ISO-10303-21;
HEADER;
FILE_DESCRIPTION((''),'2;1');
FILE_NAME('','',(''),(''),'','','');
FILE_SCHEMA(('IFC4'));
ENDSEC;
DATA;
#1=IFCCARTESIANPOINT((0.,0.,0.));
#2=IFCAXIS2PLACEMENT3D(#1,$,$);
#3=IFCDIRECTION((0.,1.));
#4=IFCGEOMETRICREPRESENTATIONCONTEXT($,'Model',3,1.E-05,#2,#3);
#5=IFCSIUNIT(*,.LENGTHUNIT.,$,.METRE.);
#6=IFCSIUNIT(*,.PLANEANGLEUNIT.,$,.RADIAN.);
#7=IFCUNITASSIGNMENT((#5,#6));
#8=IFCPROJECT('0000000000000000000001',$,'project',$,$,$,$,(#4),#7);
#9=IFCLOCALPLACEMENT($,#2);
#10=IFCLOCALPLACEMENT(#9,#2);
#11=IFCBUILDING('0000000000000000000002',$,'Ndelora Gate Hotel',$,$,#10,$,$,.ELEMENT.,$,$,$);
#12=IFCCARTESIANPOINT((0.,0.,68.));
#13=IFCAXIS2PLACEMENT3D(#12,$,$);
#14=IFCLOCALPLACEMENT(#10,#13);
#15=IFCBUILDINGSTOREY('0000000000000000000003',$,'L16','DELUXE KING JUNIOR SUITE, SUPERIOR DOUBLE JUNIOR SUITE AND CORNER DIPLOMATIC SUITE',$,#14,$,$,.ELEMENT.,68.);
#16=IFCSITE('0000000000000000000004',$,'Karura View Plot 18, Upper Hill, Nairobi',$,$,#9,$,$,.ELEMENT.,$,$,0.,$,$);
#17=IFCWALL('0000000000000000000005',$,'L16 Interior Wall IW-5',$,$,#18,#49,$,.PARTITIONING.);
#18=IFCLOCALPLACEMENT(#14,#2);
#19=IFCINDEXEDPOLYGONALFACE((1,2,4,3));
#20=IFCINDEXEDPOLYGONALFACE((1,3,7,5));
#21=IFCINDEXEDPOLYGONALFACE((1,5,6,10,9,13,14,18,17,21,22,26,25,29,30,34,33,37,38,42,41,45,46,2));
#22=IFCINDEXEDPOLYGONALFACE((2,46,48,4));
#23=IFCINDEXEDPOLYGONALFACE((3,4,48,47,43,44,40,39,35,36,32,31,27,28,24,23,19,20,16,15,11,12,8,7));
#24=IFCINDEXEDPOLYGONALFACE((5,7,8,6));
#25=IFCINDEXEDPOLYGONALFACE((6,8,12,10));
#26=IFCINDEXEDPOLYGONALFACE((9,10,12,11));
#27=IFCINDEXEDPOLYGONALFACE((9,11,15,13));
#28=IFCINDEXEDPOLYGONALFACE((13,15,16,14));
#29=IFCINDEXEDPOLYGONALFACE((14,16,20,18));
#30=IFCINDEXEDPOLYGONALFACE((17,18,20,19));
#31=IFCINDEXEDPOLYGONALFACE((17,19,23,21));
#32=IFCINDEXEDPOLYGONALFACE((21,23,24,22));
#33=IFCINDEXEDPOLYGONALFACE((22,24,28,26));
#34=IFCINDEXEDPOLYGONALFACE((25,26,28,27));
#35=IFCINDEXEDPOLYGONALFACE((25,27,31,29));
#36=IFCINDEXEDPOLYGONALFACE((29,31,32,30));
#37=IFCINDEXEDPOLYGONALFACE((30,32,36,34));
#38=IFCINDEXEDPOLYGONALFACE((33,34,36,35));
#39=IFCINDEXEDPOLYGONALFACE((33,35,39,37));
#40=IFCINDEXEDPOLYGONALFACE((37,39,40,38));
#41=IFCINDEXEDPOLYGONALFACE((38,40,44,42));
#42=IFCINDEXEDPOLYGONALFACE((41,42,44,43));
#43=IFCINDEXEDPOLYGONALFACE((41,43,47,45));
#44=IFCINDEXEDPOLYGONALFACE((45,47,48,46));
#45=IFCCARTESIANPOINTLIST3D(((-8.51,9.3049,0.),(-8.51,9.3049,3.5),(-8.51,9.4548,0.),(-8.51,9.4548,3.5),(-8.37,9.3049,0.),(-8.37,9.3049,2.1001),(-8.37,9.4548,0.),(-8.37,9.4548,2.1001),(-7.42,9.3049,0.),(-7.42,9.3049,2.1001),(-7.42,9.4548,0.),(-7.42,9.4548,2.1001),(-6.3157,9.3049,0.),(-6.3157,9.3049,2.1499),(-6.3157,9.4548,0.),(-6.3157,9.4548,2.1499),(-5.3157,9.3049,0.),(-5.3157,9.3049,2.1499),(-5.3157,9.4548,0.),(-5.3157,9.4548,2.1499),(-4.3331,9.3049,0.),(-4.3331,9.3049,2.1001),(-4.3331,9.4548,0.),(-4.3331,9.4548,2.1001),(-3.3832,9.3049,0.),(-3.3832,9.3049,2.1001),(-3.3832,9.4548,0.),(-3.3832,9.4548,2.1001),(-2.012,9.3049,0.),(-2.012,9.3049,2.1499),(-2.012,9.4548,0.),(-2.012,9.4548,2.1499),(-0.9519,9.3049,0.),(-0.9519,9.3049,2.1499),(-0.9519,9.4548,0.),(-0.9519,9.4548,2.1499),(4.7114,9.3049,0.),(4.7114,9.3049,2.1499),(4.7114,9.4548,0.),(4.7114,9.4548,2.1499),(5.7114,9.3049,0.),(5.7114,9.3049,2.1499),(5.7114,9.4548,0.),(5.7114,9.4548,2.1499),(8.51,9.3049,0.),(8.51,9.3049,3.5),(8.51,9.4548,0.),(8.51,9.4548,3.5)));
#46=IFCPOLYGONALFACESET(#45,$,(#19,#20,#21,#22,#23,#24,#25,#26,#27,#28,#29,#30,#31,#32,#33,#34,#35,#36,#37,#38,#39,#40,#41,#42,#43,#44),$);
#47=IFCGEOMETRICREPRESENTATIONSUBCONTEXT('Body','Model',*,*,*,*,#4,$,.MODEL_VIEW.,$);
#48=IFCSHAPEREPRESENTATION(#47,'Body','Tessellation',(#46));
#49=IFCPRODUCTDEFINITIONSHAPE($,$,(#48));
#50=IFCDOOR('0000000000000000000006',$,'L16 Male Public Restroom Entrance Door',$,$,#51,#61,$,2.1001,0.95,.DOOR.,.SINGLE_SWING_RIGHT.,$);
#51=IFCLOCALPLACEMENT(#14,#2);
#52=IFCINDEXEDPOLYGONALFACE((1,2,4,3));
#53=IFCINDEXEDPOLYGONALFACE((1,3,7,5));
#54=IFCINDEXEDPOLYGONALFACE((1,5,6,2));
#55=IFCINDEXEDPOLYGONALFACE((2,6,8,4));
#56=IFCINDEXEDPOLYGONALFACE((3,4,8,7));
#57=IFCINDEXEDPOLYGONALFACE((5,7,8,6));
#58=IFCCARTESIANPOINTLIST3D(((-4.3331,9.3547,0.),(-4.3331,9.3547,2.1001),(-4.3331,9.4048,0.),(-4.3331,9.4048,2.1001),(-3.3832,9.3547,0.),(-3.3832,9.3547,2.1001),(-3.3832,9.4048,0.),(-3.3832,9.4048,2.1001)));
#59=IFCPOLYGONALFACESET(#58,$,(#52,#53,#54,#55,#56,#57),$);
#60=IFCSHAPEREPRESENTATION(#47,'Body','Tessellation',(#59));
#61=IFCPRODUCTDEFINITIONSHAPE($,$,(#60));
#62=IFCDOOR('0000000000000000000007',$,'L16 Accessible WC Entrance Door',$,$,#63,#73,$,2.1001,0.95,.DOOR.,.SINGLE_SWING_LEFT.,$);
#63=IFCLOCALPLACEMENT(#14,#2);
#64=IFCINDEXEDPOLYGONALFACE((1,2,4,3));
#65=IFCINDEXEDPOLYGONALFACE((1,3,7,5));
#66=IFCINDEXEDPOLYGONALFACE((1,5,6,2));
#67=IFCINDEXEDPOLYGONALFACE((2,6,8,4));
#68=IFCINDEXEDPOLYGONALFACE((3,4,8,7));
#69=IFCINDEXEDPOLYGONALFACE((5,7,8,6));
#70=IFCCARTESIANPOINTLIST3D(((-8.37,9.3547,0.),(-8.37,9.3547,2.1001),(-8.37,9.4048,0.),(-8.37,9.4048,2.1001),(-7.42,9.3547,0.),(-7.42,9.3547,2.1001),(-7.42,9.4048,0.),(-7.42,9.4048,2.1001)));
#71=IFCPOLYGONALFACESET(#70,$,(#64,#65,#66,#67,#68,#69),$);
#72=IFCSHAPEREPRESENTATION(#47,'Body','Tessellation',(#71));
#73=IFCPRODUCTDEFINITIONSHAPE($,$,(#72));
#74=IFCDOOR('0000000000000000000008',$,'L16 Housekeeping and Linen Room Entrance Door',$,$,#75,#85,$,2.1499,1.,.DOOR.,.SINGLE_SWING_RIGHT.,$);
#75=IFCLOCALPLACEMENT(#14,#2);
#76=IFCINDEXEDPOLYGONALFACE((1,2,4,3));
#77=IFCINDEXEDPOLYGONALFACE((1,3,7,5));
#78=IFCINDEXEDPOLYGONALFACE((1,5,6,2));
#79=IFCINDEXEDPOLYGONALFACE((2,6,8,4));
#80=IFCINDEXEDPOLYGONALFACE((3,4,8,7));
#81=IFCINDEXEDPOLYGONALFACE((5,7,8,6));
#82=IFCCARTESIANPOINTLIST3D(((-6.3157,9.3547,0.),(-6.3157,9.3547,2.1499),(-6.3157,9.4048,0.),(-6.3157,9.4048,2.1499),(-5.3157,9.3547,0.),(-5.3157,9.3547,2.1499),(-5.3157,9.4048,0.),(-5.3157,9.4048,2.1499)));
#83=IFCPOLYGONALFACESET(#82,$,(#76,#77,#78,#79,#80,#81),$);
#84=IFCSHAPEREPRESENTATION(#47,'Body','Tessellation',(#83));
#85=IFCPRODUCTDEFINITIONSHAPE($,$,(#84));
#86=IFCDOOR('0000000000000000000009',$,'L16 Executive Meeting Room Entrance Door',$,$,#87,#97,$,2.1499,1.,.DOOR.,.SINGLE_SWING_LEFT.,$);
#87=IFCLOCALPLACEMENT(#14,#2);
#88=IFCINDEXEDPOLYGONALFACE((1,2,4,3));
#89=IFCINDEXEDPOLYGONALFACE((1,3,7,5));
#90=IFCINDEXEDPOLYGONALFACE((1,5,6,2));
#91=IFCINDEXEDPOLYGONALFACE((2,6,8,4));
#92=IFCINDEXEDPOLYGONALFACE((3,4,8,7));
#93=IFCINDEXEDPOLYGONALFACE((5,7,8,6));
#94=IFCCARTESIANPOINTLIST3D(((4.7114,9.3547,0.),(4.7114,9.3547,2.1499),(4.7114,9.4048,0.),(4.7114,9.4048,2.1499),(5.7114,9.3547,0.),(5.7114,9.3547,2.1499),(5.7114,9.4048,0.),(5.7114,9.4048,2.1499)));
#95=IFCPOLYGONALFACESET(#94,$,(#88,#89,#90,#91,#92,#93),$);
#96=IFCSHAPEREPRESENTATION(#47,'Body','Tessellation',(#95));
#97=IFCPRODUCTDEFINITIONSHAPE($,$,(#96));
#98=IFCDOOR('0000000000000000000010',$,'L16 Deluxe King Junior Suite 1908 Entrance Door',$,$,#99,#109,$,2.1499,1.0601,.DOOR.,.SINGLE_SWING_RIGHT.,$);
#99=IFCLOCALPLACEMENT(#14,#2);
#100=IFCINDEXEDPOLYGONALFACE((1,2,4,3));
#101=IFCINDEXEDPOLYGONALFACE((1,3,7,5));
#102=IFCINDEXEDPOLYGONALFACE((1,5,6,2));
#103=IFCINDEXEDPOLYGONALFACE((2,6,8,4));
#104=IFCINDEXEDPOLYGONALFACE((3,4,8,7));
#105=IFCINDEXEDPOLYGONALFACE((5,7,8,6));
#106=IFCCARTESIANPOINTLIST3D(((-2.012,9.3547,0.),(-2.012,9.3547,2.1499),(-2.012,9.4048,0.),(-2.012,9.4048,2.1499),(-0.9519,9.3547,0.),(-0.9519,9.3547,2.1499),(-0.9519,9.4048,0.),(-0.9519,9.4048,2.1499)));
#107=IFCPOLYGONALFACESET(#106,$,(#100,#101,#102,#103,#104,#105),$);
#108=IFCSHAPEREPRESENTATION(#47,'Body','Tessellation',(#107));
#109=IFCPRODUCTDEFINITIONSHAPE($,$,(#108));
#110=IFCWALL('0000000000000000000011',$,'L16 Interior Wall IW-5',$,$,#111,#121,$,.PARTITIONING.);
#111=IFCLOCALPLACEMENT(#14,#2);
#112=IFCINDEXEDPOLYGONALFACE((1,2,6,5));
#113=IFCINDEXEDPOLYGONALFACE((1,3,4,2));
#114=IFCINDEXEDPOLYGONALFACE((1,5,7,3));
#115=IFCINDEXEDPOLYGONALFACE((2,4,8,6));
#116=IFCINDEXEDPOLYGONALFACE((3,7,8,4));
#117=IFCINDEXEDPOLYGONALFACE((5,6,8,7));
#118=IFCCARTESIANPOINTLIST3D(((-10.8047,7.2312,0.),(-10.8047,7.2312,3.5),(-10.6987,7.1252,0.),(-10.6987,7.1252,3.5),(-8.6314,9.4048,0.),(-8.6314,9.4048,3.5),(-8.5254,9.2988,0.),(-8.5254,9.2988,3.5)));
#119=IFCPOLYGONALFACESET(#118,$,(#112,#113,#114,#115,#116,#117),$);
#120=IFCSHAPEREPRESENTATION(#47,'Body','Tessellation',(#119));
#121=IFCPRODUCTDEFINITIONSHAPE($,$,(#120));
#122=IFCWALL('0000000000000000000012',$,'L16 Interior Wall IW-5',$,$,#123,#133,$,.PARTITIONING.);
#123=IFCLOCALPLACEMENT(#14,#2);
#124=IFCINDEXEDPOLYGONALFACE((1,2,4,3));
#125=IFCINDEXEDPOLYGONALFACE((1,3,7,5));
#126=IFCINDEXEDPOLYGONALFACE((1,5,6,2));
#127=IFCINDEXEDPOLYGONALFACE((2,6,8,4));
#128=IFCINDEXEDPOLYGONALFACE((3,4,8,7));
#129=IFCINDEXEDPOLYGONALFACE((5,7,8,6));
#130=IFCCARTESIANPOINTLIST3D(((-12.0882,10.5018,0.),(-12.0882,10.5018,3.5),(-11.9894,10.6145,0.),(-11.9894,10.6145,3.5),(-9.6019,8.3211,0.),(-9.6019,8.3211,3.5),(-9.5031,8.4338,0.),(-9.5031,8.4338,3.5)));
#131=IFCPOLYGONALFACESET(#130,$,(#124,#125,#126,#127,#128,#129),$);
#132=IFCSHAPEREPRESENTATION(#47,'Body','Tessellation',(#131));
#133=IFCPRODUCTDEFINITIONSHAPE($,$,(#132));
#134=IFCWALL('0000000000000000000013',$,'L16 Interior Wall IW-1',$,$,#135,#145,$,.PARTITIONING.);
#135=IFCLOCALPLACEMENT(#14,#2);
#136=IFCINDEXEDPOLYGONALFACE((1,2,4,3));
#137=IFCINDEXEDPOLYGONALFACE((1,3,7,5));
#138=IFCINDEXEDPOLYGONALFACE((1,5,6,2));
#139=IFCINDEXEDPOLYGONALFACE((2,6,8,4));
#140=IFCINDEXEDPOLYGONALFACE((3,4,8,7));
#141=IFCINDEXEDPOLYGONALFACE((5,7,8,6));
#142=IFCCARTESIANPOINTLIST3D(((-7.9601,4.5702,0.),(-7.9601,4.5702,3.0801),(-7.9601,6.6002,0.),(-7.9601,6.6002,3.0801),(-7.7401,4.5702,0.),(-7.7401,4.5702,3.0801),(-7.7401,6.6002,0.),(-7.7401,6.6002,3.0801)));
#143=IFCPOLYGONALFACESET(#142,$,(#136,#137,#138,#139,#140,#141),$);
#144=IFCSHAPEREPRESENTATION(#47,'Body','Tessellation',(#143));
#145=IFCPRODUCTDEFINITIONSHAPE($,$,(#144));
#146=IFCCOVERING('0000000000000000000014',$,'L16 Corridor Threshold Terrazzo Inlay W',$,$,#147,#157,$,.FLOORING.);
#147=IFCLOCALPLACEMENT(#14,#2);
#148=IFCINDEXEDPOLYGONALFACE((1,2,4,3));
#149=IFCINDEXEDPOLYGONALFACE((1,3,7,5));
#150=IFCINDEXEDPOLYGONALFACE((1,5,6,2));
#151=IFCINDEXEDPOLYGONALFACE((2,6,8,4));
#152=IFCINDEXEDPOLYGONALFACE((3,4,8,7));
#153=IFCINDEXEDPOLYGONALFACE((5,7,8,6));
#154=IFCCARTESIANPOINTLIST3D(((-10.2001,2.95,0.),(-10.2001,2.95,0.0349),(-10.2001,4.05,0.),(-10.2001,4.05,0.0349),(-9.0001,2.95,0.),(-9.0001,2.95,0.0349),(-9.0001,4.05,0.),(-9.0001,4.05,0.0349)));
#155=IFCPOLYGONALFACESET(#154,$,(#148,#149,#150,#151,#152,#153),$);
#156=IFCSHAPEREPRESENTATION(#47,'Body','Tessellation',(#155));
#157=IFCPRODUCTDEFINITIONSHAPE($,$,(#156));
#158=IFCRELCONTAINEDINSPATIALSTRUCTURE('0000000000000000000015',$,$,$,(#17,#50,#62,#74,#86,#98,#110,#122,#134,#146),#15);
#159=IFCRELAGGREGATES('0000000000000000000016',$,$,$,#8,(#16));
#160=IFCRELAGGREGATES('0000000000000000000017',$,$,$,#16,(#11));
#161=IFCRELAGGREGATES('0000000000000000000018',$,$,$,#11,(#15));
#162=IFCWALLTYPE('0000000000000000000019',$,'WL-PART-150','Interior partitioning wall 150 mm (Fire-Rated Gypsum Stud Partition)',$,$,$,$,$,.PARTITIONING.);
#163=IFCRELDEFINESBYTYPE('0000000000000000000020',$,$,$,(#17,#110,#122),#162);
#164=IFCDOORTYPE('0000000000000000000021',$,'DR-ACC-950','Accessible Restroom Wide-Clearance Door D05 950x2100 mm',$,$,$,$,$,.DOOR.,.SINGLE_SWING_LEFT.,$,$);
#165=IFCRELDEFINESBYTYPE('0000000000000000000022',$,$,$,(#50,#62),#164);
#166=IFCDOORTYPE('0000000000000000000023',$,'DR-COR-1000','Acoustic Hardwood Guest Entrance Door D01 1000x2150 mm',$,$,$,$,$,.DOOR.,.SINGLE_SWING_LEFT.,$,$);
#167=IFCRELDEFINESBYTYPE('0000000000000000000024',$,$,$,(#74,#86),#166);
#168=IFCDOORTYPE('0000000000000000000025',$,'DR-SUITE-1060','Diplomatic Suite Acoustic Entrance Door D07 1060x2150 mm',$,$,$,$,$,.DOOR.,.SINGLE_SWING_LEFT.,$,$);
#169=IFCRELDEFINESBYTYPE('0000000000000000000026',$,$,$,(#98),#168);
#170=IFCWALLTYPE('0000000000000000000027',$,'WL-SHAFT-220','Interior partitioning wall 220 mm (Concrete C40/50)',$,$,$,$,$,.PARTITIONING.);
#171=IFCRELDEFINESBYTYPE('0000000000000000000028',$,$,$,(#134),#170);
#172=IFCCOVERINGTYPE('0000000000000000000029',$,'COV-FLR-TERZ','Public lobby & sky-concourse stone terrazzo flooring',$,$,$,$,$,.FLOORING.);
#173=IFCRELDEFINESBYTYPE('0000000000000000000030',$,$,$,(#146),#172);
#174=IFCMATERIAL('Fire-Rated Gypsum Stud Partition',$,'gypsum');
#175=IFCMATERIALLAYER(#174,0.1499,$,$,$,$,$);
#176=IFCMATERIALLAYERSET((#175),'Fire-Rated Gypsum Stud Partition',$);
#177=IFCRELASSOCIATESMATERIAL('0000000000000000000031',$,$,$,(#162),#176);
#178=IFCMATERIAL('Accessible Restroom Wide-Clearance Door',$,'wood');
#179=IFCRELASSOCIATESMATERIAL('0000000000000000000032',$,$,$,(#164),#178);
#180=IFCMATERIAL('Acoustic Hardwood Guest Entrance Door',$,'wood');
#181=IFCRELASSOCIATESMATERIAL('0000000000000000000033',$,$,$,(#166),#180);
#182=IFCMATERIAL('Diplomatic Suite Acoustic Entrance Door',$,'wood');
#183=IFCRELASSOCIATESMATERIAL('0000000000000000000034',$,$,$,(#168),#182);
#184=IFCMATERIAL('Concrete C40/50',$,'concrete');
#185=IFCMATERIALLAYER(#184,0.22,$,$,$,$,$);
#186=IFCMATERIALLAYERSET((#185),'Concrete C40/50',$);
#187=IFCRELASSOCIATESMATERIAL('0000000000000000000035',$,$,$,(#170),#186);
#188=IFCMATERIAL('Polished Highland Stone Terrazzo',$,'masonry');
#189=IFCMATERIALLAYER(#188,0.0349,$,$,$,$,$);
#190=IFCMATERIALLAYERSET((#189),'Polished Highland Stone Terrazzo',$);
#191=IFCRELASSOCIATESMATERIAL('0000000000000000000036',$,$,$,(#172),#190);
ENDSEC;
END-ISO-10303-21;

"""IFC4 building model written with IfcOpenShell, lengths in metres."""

from ifc_helpers import new_model, si_unit, direction, frame, frame_2d, origin, origin_2d, place, context, subcontext, project, spatial, rectangle, extrude, material, layer, layer_set, type_object, element, fill, save


model = new_model("IFC4")

# Units and contexts
model_context = context("Model", 3, precision=1e-05, world=origin(), true_north=direction((0.0, 1.0)))
body_context = subcontext(model_context, "Body", "Model", "MODEL_VIEW")
ifc_project = project(units=[si_unit("LENGTHUNIT", "METRE"), si_unit("PLANEANGLEUNIT", "RADIAN")], contexts=[model_context])

# Site, building, storey
site_placement = place(None, origin())
site = spatial("IfcSite", under=ifc_project, at=site_placement, Name="Karura View Plot 18, Upper Hill, Nairobi", CompositionType="ELEMENT", RefElevation=0.0)
building_placement = place(site_placement, origin())
building = spatial("IfcBuilding", under=site, at=building_placement, Name="Ndelora Gate Hotel", CompositionType="ELEMENT")
storey_placement = place(building_placement, frame((0.0, 0.0, 68.0)))
storey = spatial("IfcBuildingStorey", under=building, at=storey_placement, Name="L16", Description="DELUXE KING JUNIOR SUITE, SUPERIOR DOUBLE JUNIOR SUITE AND CORNER DIPLOMATIC SUITE", CompositionType="ELEMENT", Elevation=68.0)

# Shared definitions
ifc_material_1 = material(Name="Concrete C40/50", Category="concrete")

# Wall, openings, doors
ifc_material_2 = material(Name="Fire-Rated Gypsum Stud Partition", Category="gypsum")
ifc_layer_1 = layer(ifc_material_2, 0.1499)
ifc_layer_set_1 = layer_set([ifc_layer_1], Name="Fire-Rated Gypsum Stud Partition")
wall_type_1 = type_object("IfcWallType", Name="WL-PART-150", Description="Interior partitioning wall 150 mm (Fire-Rated Gypsum Stud Partition)", PredefinedType="PARTITIONING", material=ifc_layer_set_1)
wall_1_placement = place(storey_placement, frame((-8.51, 9.3799, 0.0), z_axis=(0.0, 0.0, 1.0), x_axis=(1.0, 0.0, 0.0)))
wall_1 = element("IfcWall", 1, at=wall_1_placement, inside=storey, type_object=wall_type_1, Name="L16 Interior Wall IW-5", PredefinedType="PARTITIONING", context=body_context, shape_type="SweptSolid", body=[
    extrude(rectangle(XDim=17.02, YDim=0.1499, at=frame_2d((8.51, 0.0))), origin(), (0.0, 0.0, 1.0), 3.5),
])
opening_1_placement = place(wall_1_placement, frame((4.1768, 0.0, 0.0)))
opening_1 = element("IfcOpeningElement", 2, at=opening_1_placement, cuts=wall_1, PredefinedType="OPENING", context=body_context, shape_type="SweptSolid", body=[
    extrude(rectangle(XDim=0.95, YDim=2.1001, at=frame_2d((0.4751, 1.05))), frame((0.0, 0.085, 0.0), z_axis=(0.0, -1.0, 0.0), x_axis=(1.0, 0.0, 0.0)), (0.0, 0.0, 1.0), 0.1699),
])
opening_2_placement = place(wall_1_placement, frame((0.1399, 0.0, 0.0)))
opening_2 = element("IfcOpeningElement", 3, at=opening_2_placement, cuts=wall_1, PredefinedType="OPENING", context=body_context, shape_type="SweptSolid", body=[
    extrude(rectangle(XDim=0.95, YDim=2.1001, at=frame_2d((0.4751, 1.05))), frame((0.0, 0.085, 0.0), z_axis=(0.0, -1.0, 0.0), x_axis=(1.0, 0.0, 0.0)), (0.0, 0.0, 1.0), 0.1699),
])
opening_3_placement = place(wall_1_placement, frame((2.1943, 0.0, 0.0)))
opening_3 = element("IfcOpeningElement", 4, at=opening_3_placement, cuts=wall_1, PredefinedType="OPENING", context=body_context, shape_type="SweptSolid", body=[
    extrude(rectangle(XDim=1.0, YDim=2.1499, at=frame_2d((0.5, 1.075))), frame((0.0, 0.085, 0.0), z_axis=(0.0, -1.0, 0.0), x_axis=(1.0, 0.0, 0.0)), (0.0, 0.0, 1.0), 0.1699),
])
opening_4_placement = place(wall_1_placement, frame((13.2214, 0.0, 0.0)))
opening_4 = element("IfcOpeningElement", 5, at=opening_4_placement, cuts=wall_1, PredefinedType="OPENING", context=body_context, shape_type="SweptSolid", body=[
    extrude(rectangle(XDim=1.0, YDim=2.1499, at=frame_2d((0.5, 1.075))), frame((0.0, 0.085, 0.0), z_axis=(0.0, -1.0, 0.0), x_axis=(1.0, 0.0, 0.0)), (0.0, 0.0, 1.0), 0.1699),
])
opening_5_placement = place(wall_1_placement, frame((6.498, 0.0, 0.0)))
opening_5 = element("IfcOpeningElement", 6, at=opening_5_placement, cuts=wall_1, PredefinedType="OPENING", context=body_context, shape_type="SweptSolid", body=[
    extrude(rectangle(XDim=1.0601, YDim=2.1499, at=frame_2d((0.53, 1.075))), frame((0.0, 0.085, 0.0), z_axis=(0.0, -1.0, 0.0), x_axis=(1.0, 0.0, 0.0)), (0.0, 0.0, 1.0), 0.1699),
])
ifc_material_3 = material(Name="Accessible Restroom Wide-Clearance Door", Category="wood")
door_type_1 = type_object("IfcDoorType", Name="DR-ACC-950", Description="Accessible Restroom Wide-Clearance Door D05 950x2100 mm", OperationType="SINGLE_SWING_LEFT", PredefinedType="DOOR", material=ifc_material_3)
door_1_placement = place(opening_1_placement, origin())
door_1 = element("IfcDoor", 7, at=door_1_placement, inside=storey, type_object=door_type_1, Name="L16 Male Public Restroom Entrance Door", OperationType="SINGLE_SWING_RIGHT", OverallHeight=2.1001, OverallWidth=0.95, PredefinedType="DOOR", context=body_context, shape_type="SweptSolid", body=[
    extrude(rectangle(XDim=0.95, YDim=2.1001, at=frame_2d((0.4751, 1.05))), frame((0.0, 0.0249, 0.0), z_axis=(0.0, -1.0, 0.0), x_axis=(1.0, 0.0, 0.0)), (0.0, 0.0, 1.0), 0.05),
])
fill(opening_1, door_1)
door_2_placement = place(opening_2_placement, origin())
door_2 = element("IfcDoor", 8, at=door_2_placement, inside=storey, type_object=door_type_1, Name="L16 Accessible WC Entrance Door", OperationType="SINGLE_SWING_LEFT", OverallHeight=2.1001, OverallWidth=0.95, PredefinedType="DOOR", context=body_context, shape_type="SweptSolid", body=[
    extrude(rectangle(XDim=0.95, YDim=2.1001, at=frame_2d((0.4751, 1.05))), frame((0.0, 0.0249, 0.0), z_axis=(0.0, -1.0, 0.0), x_axis=(1.0, 0.0, 0.0)), (0.0, 0.0, 1.0), 0.05),
])
fill(opening_2, door_2)
ifc_material_4 = material(Name="Acoustic Hardwood Guest Entrance Door", Category="wood")
door_type_2 = type_object("IfcDoorType", Name="DR-COR-1000", Description="Acoustic Hardwood Guest Entrance Door D01 1000x2150 mm", OperationType="SINGLE_SWING_LEFT", PredefinedType="DOOR", material=ifc_material_4)
door_3_placement = place(opening_3_placement, origin())
door_3 = element("IfcDoor", 9, at=door_3_placement, inside=storey, type_object=door_type_2, Name="L16 Housekeeping and Linen Room Entrance Door", OperationType="SINGLE_SWING_RIGHT", OverallHeight=2.1499, OverallWidth=1.0, PredefinedType="DOOR", context=body_context, shape_type="SweptSolid", body=[
    extrude(rectangle(XDim=1.0, YDim=2.1499, at=frame_2d((0.5, 1.075))), frame((0.0, 0.0249, 0.0), z_axis=(0.0, -1.0, 0.0), x_axis=(1.0, 0.0, 0.0)), (0.0, 0.0, 1.0), 0.05),
])
fill(opening_3, door_3)
door_4_placement = place(opening_4_placement, origin())
door_4 = element("IfcDoor", 10, at=door_4_placement, inside=storey, type_object=door_type_2, Name="L16 Executive Meeting Room Entrance Door", OperationType="SINGLE_SWING_LEFT", OverallHeight=2.1499, OverallWidth=1.0, PredefinedType="DOOR", context=body_context, shape_type="SweptSolid", body=[
    extrude(rectangle(XDim=1.0, YDim=2.1499, at=frame_2d((0.5, 1.075))), frame((0.0, 0.0249, 0.0), z_axis=(0.0, -1.0, 0.0), x_axis=(1.0, 0.0, 0.0)), (0.0, 0.0, 1.0), 0.05),
])
fill(opening_4, door_4)
ifc_material_5 = material(Name="Diplomatic Suite Acoustic Entrance Door", Category="wood")
door_type_3 = type_object("IfcDoorType", Name="DR-SUITE-1060", Description="Diplomatic Suite Acoustic Entrance Door D07 1060x2150 mm", OperationType="SINGLE_SWING_LEFT", PredefinedType="DOOR", material=ifc_material_5)
door_5_placement = place(opening_5_placement, origin())
door_5 = element("IfcDoor", 11, at=door_5_placement, inside=storey, type_object=door_type_3, Name="L16 Deluxe King Junior Suite 1908 Entrance Door", OperationType="SINGLE_SWING_RIGHT", OverallHeight=2.1499, OverallWidth=1.0601, PredefinedType="DOOR", context=body_context, shape_type="SweptSolid", body=[
    extrude(rectangle(XDim=1.0601, YDim=2.1499, at=frame_2d((0.53, 1.075))), frame((0.0, 0.0249, 0.0), z_axis=(0.0, -1.0, 0.0), x_axis=(1.0, 0.0, 0.0)), (0.0, 0.0, 1.0), 0.05),
])
fill(opening_5, door_5)

# Walls
wall_2_placement = place(storey_placement, frame((-10.7517, 7.1782, 0.0), z_axis=(0.0, 0.0, 1.0), x_axis=(0.707067, 0.707146, 0.0)))
element("IfcWall", 12, at=wall_2_placement, inside=storey, type_object=wall_type_1, Name="L16 Interior Wall IW-5", PredefinedType="PARTITIONING", context=body_context, shape_type="SweptSolid", body=[
    extrude(rectangle(XDim=3.0737, YDim=0.1499, at=frame_2d((1.5369, 0.0))), origin(), (0.0, 0.0, 1.0), 3.5),
])
wall_3_placement = place(storey_placement, frame((-9.5525, 8.3774, 0.0), z_axis=(0.0, 0.0, 1.0), x_axis=(-0.751808, 0.659382, 0.0)))
element("IfcWall", 13, at=wall_3_placement, inside=storey, type_object=wall_type_1, Name="L16 Interior Wall IW-5", PredefinedType="PARTITIONING", context=body_context, shape_type="SweptSolid", body=[
    extrude(rectangle(XDim=3.3071, YDim=0.1499, at=frame_2d((1.6536, 0.0))), origin(), (0.0, 0.0, 1.0), 3.5),
])

# Shared definitions
ifc_layer_2 = layer(ifc_material_1, 0.22)
ifc_layer_set_2 = layer_set([ifc_layer_2], Name="Concrete C40/50")
wall_type_2 = type_object("IfcWallType", Name="WL-SHAFT-220", Description="Interior partitioning wall 220 mm (Concrete C40/50)", PredefinedType="PARTITIONING", material=ifc_layer_set_2)

# Wall
wall_4_placement = place(storey_placement, frame((-7.8501, 4.5701, 0.0), z_axis=(0.0, 0.0, 1.0), x_axis=(0.0, 1.0, 0.0)))
element("IfcWall", 14, at=wall_4_placement, inside=storey, type_object=wall_type_2, Name="L16 Interior Wall IW-1", PredefinedType="PARTITIONING", context=body_context, shape_type="SweptSolid", body=[
    extrude(rectangle(XDim=2.03, YDim=0.22, at=frame_2d((1.0151, 0.0))), origin(), (0.0, 0.0, 1.0), 3.0801),
])

# Covering
ifc_material_6 = material(Name="Polished Highland Stone Terrazzo", Category="masonry")
ifc_layer_3 = layer(ifc_material_6, 0.0349)
ifc_layer_set_3 = layer_set([ifc_layer_3], Name="Polished Highland Stone Terrazzo")
covering_type = type_object("IfcCoveringType", Name="COV-FLR-TERZ", Description="Public lobby & sky-concourse stone terrazzo flooring", PredefinedType="FLOORING", material=ifc_layer_set_3)
covering_placement = place(storey_placement, frame((-9.6001, 3.5, 0.0), z_axis=(0.0, 0.0, 1.0), x_axis=(1.0, 0.0, 0.0)))
element("IfcCovering", 15, at=covering_placement, inside=storey, type_object=covering_type, Name="L16 Corridor Threshold Terrazzo Inlay W", PredefinedType="FLOORING", context=body_context, shape_type="SweptSolid", body=[
    extrude(rectangle(XDim=1.2, YDim=1.1001, at=origin_2d()), origin(), (0.0, 0.0, 1.0), 0.0349),
])

save(model, "model.ifc")
